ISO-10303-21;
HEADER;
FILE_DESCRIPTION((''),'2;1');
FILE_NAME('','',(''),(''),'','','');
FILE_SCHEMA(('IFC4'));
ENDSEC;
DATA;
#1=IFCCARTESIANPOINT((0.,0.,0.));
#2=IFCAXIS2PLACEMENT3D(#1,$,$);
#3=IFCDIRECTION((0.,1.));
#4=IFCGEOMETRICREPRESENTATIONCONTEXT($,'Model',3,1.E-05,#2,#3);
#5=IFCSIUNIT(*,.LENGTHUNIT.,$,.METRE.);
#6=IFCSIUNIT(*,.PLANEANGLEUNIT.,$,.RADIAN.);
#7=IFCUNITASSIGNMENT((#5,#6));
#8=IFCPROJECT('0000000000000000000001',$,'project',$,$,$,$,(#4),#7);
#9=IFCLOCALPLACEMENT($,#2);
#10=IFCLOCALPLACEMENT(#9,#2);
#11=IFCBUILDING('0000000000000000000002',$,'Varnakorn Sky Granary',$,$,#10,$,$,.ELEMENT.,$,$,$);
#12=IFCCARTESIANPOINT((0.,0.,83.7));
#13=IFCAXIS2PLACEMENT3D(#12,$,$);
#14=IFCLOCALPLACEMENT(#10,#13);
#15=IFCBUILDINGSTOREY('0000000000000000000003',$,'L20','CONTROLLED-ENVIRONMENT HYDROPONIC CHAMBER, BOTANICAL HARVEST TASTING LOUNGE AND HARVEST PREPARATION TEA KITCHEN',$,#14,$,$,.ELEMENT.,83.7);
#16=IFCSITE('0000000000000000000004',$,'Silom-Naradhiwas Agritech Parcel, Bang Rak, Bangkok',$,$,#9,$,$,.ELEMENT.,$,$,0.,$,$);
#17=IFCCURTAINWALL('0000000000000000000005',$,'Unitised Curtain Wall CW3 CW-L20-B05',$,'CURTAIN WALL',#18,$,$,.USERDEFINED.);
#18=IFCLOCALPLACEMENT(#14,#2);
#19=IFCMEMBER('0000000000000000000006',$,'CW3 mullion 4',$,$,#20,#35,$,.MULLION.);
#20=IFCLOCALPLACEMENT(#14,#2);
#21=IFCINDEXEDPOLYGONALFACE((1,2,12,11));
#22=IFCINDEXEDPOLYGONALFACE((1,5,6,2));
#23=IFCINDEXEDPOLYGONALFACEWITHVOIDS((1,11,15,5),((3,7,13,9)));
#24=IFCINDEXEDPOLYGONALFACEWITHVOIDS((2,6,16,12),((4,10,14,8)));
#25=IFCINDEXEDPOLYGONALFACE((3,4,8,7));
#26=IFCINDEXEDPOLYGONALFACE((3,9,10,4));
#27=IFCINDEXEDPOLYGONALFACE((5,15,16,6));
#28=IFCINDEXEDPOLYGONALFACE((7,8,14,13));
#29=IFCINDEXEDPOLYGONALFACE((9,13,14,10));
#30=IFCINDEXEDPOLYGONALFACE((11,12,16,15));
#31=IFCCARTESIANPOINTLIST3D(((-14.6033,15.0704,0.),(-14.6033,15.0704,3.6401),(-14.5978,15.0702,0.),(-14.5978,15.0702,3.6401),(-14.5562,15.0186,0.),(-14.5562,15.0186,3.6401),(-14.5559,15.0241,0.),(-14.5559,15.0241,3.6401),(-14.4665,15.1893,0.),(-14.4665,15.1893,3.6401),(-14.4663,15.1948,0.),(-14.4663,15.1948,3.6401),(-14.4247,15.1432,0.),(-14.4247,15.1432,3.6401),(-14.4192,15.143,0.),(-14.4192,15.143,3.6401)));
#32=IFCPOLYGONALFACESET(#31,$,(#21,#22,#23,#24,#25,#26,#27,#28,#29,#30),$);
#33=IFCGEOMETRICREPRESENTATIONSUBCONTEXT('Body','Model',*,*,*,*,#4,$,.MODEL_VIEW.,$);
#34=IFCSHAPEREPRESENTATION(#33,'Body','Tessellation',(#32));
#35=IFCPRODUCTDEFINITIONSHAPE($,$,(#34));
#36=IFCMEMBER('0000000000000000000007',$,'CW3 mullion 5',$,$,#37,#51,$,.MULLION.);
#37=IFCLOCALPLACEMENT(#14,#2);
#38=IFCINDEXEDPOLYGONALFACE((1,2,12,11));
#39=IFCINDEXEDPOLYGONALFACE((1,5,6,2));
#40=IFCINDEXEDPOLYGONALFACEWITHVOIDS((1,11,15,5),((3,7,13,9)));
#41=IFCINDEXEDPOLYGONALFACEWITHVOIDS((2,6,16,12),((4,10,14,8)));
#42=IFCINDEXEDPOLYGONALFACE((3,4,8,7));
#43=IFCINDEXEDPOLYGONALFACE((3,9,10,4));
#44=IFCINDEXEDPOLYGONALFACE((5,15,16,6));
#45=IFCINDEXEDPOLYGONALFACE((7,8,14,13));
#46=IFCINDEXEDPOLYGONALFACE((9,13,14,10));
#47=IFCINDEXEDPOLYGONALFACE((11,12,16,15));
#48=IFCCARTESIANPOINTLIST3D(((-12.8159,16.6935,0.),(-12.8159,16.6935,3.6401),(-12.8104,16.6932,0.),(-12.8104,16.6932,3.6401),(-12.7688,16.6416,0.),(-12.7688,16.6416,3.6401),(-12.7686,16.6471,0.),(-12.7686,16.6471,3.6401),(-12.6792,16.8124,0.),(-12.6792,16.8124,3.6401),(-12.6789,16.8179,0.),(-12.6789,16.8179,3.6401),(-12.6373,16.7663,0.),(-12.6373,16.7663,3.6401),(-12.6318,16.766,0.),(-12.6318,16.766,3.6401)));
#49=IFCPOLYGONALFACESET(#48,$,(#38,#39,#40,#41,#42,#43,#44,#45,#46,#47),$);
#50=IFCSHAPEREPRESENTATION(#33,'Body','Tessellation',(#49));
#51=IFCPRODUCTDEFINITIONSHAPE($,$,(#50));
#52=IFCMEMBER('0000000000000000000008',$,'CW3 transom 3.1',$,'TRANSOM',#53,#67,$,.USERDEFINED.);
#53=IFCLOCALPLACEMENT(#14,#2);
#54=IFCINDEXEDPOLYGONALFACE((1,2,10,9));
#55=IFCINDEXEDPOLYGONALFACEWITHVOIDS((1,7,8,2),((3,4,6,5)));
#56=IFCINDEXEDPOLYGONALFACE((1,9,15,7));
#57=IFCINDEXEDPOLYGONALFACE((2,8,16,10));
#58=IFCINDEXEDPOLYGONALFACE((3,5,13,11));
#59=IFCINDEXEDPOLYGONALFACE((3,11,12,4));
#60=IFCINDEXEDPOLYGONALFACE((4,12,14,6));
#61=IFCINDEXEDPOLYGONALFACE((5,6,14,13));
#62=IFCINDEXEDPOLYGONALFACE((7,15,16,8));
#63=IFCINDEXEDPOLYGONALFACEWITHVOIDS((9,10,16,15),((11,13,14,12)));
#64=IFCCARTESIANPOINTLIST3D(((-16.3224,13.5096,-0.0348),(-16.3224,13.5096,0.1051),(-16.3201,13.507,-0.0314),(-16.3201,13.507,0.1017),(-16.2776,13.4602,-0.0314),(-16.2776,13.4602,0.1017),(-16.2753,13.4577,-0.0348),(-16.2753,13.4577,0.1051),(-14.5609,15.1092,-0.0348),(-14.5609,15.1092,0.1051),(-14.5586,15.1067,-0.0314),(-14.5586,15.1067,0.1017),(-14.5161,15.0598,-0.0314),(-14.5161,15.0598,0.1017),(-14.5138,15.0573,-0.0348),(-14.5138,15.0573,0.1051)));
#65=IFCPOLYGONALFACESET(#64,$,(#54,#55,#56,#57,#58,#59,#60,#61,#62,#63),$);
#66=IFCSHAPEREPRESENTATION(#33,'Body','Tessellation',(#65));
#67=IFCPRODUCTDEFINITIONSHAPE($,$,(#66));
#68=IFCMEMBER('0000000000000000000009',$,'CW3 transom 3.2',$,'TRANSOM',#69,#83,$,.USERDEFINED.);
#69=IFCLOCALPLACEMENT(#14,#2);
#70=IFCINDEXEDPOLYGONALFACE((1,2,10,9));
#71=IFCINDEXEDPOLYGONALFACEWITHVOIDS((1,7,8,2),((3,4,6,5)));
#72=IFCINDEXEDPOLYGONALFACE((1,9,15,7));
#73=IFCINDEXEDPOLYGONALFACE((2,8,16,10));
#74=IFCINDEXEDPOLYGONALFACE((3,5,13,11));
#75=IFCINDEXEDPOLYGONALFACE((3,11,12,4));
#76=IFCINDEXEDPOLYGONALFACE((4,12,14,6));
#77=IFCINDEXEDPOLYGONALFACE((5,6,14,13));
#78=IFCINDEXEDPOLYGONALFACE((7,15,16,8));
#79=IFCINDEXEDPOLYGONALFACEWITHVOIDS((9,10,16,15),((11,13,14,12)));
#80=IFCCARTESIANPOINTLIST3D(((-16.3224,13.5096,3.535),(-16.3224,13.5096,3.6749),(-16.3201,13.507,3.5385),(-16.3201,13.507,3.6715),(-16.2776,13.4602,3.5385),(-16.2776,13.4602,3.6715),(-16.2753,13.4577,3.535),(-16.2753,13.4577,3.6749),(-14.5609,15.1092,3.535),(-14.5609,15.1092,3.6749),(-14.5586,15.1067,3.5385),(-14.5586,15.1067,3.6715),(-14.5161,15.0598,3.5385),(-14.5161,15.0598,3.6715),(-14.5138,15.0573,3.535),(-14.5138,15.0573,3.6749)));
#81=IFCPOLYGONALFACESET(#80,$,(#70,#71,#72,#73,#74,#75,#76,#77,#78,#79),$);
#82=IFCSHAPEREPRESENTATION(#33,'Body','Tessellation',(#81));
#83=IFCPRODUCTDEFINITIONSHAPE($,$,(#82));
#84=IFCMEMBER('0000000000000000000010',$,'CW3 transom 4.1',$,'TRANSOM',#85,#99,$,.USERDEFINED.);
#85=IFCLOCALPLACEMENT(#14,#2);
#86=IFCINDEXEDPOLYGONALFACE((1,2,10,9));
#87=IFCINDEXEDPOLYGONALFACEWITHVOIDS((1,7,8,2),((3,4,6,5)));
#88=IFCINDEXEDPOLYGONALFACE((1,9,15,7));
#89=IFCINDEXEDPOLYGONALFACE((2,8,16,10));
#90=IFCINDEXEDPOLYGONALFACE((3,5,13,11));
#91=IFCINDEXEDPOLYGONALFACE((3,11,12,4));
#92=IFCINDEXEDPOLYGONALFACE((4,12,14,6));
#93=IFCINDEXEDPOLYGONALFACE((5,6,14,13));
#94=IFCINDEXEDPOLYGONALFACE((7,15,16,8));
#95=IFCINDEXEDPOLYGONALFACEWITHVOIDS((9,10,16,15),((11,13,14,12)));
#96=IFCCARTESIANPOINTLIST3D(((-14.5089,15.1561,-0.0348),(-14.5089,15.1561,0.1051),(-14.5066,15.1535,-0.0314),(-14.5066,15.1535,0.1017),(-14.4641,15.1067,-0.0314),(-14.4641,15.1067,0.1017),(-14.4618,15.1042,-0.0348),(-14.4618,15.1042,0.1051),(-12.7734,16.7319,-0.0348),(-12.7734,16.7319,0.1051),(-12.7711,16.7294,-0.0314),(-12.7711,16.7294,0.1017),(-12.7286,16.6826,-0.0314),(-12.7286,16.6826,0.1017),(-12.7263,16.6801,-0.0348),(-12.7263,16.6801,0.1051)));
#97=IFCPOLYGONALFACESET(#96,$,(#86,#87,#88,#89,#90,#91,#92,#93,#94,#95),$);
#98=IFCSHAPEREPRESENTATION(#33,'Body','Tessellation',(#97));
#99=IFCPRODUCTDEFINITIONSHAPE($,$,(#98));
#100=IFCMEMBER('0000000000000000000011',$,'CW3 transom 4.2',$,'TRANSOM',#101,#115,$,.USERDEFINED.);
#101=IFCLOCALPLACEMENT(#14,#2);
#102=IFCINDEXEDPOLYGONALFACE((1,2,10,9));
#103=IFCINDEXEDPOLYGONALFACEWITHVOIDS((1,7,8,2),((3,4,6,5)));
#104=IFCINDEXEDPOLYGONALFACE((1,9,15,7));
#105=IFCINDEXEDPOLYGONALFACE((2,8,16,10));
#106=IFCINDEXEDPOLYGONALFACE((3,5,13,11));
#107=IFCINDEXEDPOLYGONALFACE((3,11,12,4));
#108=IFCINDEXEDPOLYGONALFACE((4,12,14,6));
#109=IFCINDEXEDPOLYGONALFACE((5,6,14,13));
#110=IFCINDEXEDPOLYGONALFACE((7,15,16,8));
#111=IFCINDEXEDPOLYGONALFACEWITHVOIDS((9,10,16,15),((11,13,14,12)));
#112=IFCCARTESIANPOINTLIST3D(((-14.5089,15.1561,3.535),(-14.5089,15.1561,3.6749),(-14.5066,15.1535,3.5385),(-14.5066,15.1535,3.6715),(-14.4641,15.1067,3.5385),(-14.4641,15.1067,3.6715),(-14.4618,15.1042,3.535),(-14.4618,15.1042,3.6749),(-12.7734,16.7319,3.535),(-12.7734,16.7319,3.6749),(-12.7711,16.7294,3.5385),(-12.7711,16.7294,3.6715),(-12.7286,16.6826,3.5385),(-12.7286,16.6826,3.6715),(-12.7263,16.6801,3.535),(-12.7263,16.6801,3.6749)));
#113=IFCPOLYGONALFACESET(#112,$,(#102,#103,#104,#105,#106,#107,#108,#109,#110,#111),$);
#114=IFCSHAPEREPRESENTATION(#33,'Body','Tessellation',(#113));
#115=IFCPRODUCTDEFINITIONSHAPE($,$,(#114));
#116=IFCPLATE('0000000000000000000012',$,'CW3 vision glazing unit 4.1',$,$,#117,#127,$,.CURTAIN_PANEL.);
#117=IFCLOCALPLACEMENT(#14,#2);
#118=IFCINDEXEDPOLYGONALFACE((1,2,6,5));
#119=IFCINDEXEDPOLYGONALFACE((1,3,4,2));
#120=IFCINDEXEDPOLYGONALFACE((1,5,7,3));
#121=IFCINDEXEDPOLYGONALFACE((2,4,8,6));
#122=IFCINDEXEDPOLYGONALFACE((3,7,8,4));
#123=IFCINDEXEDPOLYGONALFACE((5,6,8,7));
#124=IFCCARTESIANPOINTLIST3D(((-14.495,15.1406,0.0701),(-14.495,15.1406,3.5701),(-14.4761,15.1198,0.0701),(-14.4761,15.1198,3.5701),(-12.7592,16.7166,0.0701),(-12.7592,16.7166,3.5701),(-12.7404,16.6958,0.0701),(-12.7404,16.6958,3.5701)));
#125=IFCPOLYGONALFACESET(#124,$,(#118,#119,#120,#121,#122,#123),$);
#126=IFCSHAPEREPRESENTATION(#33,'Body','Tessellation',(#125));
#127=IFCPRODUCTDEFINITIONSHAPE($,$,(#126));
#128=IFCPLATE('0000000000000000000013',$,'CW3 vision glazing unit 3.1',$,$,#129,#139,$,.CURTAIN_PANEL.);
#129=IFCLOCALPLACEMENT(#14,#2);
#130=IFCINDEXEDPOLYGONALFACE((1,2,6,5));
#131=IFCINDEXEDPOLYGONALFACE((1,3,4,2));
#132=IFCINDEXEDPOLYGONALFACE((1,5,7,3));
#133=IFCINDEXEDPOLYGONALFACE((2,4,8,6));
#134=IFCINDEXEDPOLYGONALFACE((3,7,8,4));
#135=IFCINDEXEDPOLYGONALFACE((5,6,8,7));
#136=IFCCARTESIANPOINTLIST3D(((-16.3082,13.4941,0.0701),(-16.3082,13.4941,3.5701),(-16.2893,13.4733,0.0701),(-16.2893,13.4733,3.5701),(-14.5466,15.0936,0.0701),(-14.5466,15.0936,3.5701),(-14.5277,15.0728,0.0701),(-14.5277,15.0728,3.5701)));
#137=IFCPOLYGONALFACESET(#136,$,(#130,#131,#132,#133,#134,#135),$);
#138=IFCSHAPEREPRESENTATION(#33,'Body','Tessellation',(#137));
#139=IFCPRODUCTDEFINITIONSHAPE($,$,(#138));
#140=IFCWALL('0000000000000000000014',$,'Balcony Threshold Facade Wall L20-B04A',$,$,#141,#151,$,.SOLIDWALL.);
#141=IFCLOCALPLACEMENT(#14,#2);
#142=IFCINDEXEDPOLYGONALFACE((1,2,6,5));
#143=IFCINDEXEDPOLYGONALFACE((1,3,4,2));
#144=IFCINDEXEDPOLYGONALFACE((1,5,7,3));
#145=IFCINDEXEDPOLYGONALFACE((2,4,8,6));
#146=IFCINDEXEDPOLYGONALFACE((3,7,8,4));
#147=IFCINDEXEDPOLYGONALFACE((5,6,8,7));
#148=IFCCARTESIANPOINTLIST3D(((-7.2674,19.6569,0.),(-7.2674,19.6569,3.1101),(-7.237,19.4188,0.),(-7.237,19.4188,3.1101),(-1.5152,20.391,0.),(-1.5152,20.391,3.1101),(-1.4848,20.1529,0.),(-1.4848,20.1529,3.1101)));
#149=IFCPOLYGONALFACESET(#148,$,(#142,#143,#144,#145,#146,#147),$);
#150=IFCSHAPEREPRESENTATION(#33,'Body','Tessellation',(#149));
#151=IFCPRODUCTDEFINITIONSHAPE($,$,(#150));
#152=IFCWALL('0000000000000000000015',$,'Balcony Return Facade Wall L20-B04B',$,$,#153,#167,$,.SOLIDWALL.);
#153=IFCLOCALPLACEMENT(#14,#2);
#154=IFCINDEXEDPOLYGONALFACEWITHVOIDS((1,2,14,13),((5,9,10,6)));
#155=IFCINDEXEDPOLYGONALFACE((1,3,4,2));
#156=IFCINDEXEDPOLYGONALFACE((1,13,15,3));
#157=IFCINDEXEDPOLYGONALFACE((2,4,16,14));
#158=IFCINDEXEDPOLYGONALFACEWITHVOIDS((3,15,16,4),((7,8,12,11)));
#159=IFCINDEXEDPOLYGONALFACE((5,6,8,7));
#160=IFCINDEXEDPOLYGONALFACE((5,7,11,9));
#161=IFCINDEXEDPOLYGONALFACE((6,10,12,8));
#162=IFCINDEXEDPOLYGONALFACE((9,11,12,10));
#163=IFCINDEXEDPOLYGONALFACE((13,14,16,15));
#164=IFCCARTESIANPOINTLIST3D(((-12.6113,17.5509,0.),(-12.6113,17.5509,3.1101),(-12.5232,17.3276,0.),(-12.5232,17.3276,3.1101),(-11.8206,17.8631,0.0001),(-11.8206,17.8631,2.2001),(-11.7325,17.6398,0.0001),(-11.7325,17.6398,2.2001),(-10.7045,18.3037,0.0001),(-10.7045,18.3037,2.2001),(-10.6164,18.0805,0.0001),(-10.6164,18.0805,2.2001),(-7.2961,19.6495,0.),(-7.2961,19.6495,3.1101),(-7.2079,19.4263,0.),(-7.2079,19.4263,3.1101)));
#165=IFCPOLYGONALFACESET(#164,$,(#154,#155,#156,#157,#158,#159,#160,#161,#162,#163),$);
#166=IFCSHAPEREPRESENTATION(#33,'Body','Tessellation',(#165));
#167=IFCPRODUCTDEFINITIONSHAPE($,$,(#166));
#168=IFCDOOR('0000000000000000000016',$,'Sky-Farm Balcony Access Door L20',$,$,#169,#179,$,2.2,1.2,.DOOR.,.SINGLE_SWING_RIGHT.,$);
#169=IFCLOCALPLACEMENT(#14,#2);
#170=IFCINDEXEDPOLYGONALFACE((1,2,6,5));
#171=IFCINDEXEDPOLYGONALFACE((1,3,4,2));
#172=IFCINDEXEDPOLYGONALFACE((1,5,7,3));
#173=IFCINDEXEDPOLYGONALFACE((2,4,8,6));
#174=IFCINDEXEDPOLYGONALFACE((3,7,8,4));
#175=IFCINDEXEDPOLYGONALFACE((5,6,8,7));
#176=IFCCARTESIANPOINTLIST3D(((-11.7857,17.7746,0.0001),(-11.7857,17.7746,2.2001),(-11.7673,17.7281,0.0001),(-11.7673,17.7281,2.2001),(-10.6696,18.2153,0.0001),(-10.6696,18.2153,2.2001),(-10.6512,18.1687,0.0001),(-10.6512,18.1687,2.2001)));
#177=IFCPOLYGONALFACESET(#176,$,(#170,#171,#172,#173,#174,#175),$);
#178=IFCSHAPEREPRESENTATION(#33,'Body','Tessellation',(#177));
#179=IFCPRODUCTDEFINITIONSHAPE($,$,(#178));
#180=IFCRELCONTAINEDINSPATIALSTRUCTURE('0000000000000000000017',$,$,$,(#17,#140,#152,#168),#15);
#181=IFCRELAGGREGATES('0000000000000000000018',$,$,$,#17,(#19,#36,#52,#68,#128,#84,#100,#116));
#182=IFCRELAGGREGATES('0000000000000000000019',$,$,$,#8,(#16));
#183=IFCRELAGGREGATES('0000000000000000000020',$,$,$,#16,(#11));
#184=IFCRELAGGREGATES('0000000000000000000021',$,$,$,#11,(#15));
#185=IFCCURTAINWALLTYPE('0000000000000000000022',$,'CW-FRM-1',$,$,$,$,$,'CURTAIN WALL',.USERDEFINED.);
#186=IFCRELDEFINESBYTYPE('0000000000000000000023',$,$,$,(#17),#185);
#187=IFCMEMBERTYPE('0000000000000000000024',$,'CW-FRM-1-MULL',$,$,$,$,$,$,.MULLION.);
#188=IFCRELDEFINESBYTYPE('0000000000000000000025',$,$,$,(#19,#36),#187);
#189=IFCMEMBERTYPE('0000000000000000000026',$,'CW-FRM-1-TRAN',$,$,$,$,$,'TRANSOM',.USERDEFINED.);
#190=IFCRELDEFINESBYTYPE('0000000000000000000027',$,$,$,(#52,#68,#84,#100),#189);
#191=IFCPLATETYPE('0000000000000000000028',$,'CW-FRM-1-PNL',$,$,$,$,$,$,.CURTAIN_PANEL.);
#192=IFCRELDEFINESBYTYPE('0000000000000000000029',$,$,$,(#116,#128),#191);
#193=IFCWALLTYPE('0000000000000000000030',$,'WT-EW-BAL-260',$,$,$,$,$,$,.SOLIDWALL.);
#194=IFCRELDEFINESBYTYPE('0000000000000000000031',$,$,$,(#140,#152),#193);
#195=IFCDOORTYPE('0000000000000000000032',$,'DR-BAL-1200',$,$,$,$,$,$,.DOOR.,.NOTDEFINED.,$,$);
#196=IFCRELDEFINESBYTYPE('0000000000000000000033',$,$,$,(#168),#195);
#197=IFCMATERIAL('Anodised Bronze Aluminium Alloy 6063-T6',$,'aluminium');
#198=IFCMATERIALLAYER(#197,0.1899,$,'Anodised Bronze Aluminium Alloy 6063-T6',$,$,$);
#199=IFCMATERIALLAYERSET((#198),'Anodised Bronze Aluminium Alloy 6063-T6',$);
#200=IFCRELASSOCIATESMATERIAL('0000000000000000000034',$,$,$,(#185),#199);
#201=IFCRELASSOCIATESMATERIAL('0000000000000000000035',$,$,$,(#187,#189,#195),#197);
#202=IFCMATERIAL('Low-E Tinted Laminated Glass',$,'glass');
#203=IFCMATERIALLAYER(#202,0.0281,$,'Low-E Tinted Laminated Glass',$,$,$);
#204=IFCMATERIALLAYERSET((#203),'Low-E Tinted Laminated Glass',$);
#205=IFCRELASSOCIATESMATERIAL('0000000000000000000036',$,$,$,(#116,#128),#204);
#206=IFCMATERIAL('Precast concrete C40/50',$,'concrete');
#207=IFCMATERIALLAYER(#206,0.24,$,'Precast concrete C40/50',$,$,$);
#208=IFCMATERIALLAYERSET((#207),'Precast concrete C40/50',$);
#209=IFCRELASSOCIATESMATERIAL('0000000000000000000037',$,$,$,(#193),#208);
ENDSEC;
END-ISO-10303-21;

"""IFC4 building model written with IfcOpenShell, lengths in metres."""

from ifc_helpers import new_model, si_unit, direction, frame, frame_2d, origin, origin_2d, place, context, subcontext, project, spatial, rectangle, hollow_rectangle, extrude, source, transform, mapped, material, layer, layer_set, material_profile, profile_set, type_object, type_shapes, element, fill, aggregate, save


model = new_model("IFC4")

# Units and contexts
model_context = context("Model", 3, precision=1e-05, world=origin(), true_north=direction((0.0, 1.0)))
body_context = subcontext(model_context, "Body", "Model", "MODEL_VIEW")
ifc_project = project(units=[si_unit("LENGTHUNIT", "METRE"), si_unit("PLANEANGLEUNIT", "RADIAN")], contexts=[model_context])

# Site, building, storey
site_placement = place(None, origin())
site = spatial("IfcSite", under=ifc_project, at=site_placement, Name="Silom-Naradhiwas Agritech Parcel, Bang Rak, Bangkok", CompositionType="ELEMENT", RefElevation=0.0)
building_placement = place(site_placement, origin())
building = spatial("IfcBuilding", under=site, at=building_placement, Name="Varnakorn Sky Granary", CompositionType="ELEMENT")
storey_placement = place(building_placement, frame((0.0, 0.0, 83.7)))
storey = spatial("IfcBuildingStorey", under=building, at=storey_placement, Name="L20", Description="CONTROLLED-ENVIRONMENT HYDROPONIC CHAMBER, BOTANICAL HARVEST TASTING LOUNGE AND HARVEST PREPARATION TEA KITCHEN", CompositionType="ELEMENT", Elevation=83.7)

# Curtain wall, members, plates
ifc_material_1 = material(Name="Anodised Bronze Aluminium Alloy 6063-T6", Category="aluminium")
ifc_layer_1 = layer(ifc_material_1, 0.1899, Name="Anodised Bronze Aluminium Alloy 6063-T6")
ifc_layer_set_1 = layer_set([ifc_layer_1], Name="Anodised Bronze Aluminium Alloy 6063-T6")
curtain_wall_type = type_object("IfcCurtainWallType", Name="CW-FRM-1", ElementType="CURTAIN WALL", PredefinedType="USERDEFINED", material=ifc_layer_set_1)
curtain_wall_placement = place(storey_placement, origin())
curtain_wall = element("IfcCurtainWall", 1, at=curtain_wall_placement, inside=storey, type_object=curtain_wall_type, Name="Unitised Curtain Wall CW3 CW-L20-B05", ObjectType="CURTAIN WALL", PredefinedType="USERDEFINED")
ifc_material_profile_1 = material_profile(ifc_material_1, hollow_rectangle(XDim=0.0701, YDim=0.1851, WallThickness=0.0039, at=origin_2d()), Name="ALU MULL 70x185")
ifc_profile_set_1 = profile_set([ifc_material_profile_1], Name="Anodised Bronze Aluminium Alloy 6063-T6")
member_type_1 = type_object("IfcMemberType", Name="CW-FRM-1-MULL", PredefinedType="MULLION", material=ifc_profile_set_1)
member_1_placement = place(storey_placement, frame((-14.5112, 15.1067, 0.0), z_axis=(0.0, 0.0, 1.0), x_axis=(-0.672211, 0.74036, 0.0)))
member_1 = element("IfcMember", 2, at=member_1_placement, type_object=member_type_1, Name="CW3 mullion 4", PredefinedType="MULLION", context=body_context, shape_type="SweptSolid", body=[
    extrude(hollow_rectangle(XDim=0.0701, YDim=0.1851, WallThickness=0.0039, at=origin_2d()), origin(), (0.0, 0.0, 1.0), 3.6401),
])
member_2_placement = place(storey_placement, frame((-12.7239, 16.7297, 0.0), z_axis=(0.0, 0.0, 1.0), x_axis=(-0.672211, 0.74036, 0.0)))
member_2 = element("IfcMember", 3, at=member_2_placement, type_object=member_type_1, Name="CW3 mullion 5", PredefinedType="MULLION", context=body_context, shape_type="SweptSolid", body=[
    extrude(hollow_rectangle(XDim=0.0701, YDim=0.1851, WallThickness=0.0039, at=origin_2d()), origin(), (0.0, 0.0, 1.0), 3.6401),
])
ifc_material_profile_2 = material_profile(ifc_material_1, hollow_rectangle(XDim=0.0701, YDim=0.1399, WallThickness=0.0034, at=origin_2d()), Name="ALU TRAN 70x140")
ifc_profile_set_2 = profile_set([ifc_material_profile_2], Name="Anodised Bronze Aluminium Alloy 6063-T6")
member_type_2 = type_object("IfcMemberType", Name="CW-FRM-1-TRAN", ElementType="TRANSOM", PredefinedType="USERDEFINED", material=ifc_profile_set_2)
member_3_placement = place(storey_placement, frame((-16.2988, 13.4836, 0.0352), z_axis=(0.740302, 0.672274, 0.0), x_axis=(-0.672274, 0.740302, 0.0)))
member_3 = element("IfcMember", 4, at=member_3_placement, type_object=member_type_2, Name="CW3 transom 3.1", ObjectType="TRANSOM", PredefinedType="USERDEFINED", context=body_context, shape_type="SweptSolid", body=[
    extrude(hollow_rectangle(XDim=0.0701, YDim=0.1399, WallThickness=0.0034, at=origin_2d()), origin(), (0.0, 0.0, 1.0), 2.3794),
])
member_4_placement = place(storey_placement, frame((-16.2988, 13.4836, 3.605), z_axis=(0.740302, 0.672274, 0.0), x_axis=(-0.672274, 0.740302, 0.0)))
member_4 = element("IfcMember", 5, at=member_4_placement, type_object=member_type_2, Name="CW3 transom 3.2", ObjectType="TRANSOM", PredefinedType="USERDEFINED", context=body_context, shape_type="SweptSolid", body=[
    extrude(hollow_rectangle(XDim=0.0701, YDim=0.1399, WallThickness=0.0034, at=origin_2d()), origin(), (0.0, 0.0, 1.0), 2.3794),
])
member_5_placement = place(storey_placement, frame((-14.4854, 15.1301, 0.0352), z_axis=(0.74034, 0.672232, 0.0), x_axis=(-0.672232, 0.74034, 0.0)))
member_5 = element("IfcMember", 6, at=member_5_placement, type_object=member_type_2, Name="CW3 transom 4.1", ObjectType="TRANSOM", PredefinedType="USERDEFINED", context=body_context, shape_type="SweptSolid", body=[
    extrude(hollow_rectangle(XDim=0.0701, YDim=0.1399, WallThickness=0.0034, at=origin_2d()), origin(), (0.0, 0.0, 1.0), 2.3442),
])
member_6_placement = place(storey_placement, frame((-14.4854, 15.1301, 3.605), z_axis=(0.74034, 0.672232, 0.0), x_axis=(-0.672232, 0.74034, 0.0)))
member_6 = element("IfcMember", 7, at=member_6_placement, type_object=member_type_2, Name="CW3 transom 4.2", ObjectType="TRANSOM", PredefinedType="USERDEFINED", context=body_context, shape_type="SweptSolid", body=[
    extrude(hollow_rectangle(XDim=0.0701, YDim=0.1399, WallThickness=0.0034, at=origin_2d()), origin(), (0.0, 0.0, 1.0), 2.3442),
])
ifc_material_2 = material(Name="Low-E Tinted Laminated Glass", Category="glass")
ifc_layer_2 = layer(ifc_material_2, 0.0281, Name="Low-E Tinted Laminated Glass")
ifc_layer_set_2 = layer_set([ifc_layer_2], Name="Low-E Tinted Laminated Glass")
plate_type = type_object("IfcPlateType", Name="CW-FRM-1-PNL", PredefinedType="CURTAIN_PANEL")
shared_shape_1 = source(origin(), body_context, "Body", "SweptSolid", [
    extrude(rectangle(XDim=2.3445, YDim=0.0281, at=origin_2d()), origin(), (0.0, 0.0, 1.0), 3.5),
])
plate_1_placement = place(storey_placement, frame((-13.6177, 15.9182, 0.0701), z_axis=(0.0, 0.0, 1.0), x_axis=(0.74036, 0.672211, 0.0)))
plate_1 = element("IfcPlate", 8, at=plate_1_placement, type_object=plate_type, material=ifc_layer_set_2, Name="CW3 vision glazing unit 4.1", PredefinedType="CURTAIN_PANEL", context=body_context, shape_type="MappedRepresentation", body=[
    mapped(shared_shape_1, transform((0.0, 0.0, 0.0), x_axis=(1.0, 0.0, 0.0), y_axis=(0.0, 1.0, 0.0), z_axis=(0.0, 0.0, 1.0), scale=1.0)),
])
shared_shape_2 = source(origin(), body_context, "Body", "SweptSolid", [
    extrude(rectangle(XDim=2.3794, YDim=0.0281, at=origin_2d()), origin(), (0.0, 0.0, 1.0), 3.5),
])
type_shapes(plate_type, [shared_shape_1, shared_shape_2])
plate_2_placement = place(storey_placement, frame((-15.418, 14.2834, 0.0701), z_axis=(0.0, 0.0, 1.0), x_axis=(0.74036, 0.672211, 0.0)))
plate_2 = element("IfcPlate", 9, at=plate_2_placement, type_object=plate_type, material=ifc_layer_set_2, Name="CW3 vision glazing unit 3.1", PredefinedType="CURTAIN_PANEL", context=body_context, shape_type="MappedRepresentation", body=[
    mapped(shared_shape_2, transform((0.0, 0.0, 0.0), x_axis=(1.0, 0.0, 0.0), y_axis=(0.0, 1.0, 0.0), z_axis=(0.0, 0.0, 1.0), scale=1.0)),
])
aggregate(curtain_wall, [member_1, member_2, member_3, member_4, plate_2, member_5, member_6, plate_1])

# Wall
ifc_material_3 = material(Name="Precast concrete C40/50", Category="concrete")
ifc_layer_3 = layer(ifc_material_3, 0.24, Name="Precast concrete C40/50")
ifc_layer_set_3 = layer_set([ifc_layer_3], Name="Precast concrete C40/50")
wall_type_1 = type_object("IfcWallType", Name="WT-EW-BAL-260", PredefinedType="SOLIDWALL", material=ifc_layer_set_3)
wall_1_placement = place(storey_placement, frame((-7.2522, 19.5378, 0.0), z_axis=(0.0, 0.0, 1.0), x_axis=(0.991954, 0.126599, 0.0)))
element("IfcWall", 10, at=wall_1_placement, inside=storey, type_object=wall_type_1, Name="Balcony Threshold Facade Wall L20-B04A", PredefinedType="SOLIDWALL", context=body_context, shape_type="SweptSolid", body=[
    extrude(rectangle(XDim=5.7988, YDim=0.24, at=frame_2d((2.8994, 0.0))), origin(), (0.0, 0.0, 1.0), 3.1101),
])

# Wall, opening, door
wall_2_placement = place(storey_placement, frame((-12.5674, 17.4392, 0.0), z_axis=(0.0, 0.0, 1.0), x_axis=(0.930123, 0.367247, 0.0)))
wall_2 = element("IfcWall", 11, at=wall_2_placement, inside=storey, type_object=wall_type_1, Name="Balcony Return Facade Wall L20-B04B", PredefinedType="SOLIDWALL", context=body_context, shape_type="SweptSolid", body=[
    extrude(rectangle(XDim=5.7146, YDim=0.24, at=frame_2d((2.8574, 0.0))), origin(), (0.0, 0.0, 1.0), 3.1101),
])
opening_1_placement = place(wall_2_placement, frame((0.8501, 0.0, 0.0)))
opening_1 = element("IfcOpeningElement", 12, at=opening_1_placement, cuts=wall_2, PredefinedType="OPENING", context=body_context, shape_type="SweptSolid", body=[
    extrude(rectangle(XDim=1.2, YDim=2.2, at=frame_2d((0.6001, 1.1001))), frame((0.0, 0.1299, 0.0), z_axis=(0.0, -1.0, 0.0), x_axis=(1.0, 0.0, 0.0)), (0.0, 0.0, 1.0), 0.26),
])
door_type_1 = type_object("IfcDoorType", Name="DR-BAL-1200", OperationType="NOTDEFINED", PredefinedType="DOOR", material=ifc_material_1)
door_1_placement = place(opening_1_placement, origin())
door_1 = element("IfcDoor", 13, at=door_1_placement, inside=storey, type_object=door_type_1, Name="Sky-Farm Balcony Access Door L20", OperationType="SINGLE_SWING_RIGHT", OverallHeight=2.2, OverallWidth=1.2, PredefinedType="DOOR", context=body_context, shape_type="SweptSolid", body=[
    extrude(rectangle(XDim=1.2, YDim=2.2, at=frame_2d((0.6001, 1.1001))), frame((0.0, 0.0249, 0.0), z_axis=(0.0, -1.0, 0.0), x_axis=(1.0, 0.0, 0.0)), (0.0, 0.0, 1.0), 0.05),
])
fill(opening_1, door_1)

save(model, "model.ifc")
